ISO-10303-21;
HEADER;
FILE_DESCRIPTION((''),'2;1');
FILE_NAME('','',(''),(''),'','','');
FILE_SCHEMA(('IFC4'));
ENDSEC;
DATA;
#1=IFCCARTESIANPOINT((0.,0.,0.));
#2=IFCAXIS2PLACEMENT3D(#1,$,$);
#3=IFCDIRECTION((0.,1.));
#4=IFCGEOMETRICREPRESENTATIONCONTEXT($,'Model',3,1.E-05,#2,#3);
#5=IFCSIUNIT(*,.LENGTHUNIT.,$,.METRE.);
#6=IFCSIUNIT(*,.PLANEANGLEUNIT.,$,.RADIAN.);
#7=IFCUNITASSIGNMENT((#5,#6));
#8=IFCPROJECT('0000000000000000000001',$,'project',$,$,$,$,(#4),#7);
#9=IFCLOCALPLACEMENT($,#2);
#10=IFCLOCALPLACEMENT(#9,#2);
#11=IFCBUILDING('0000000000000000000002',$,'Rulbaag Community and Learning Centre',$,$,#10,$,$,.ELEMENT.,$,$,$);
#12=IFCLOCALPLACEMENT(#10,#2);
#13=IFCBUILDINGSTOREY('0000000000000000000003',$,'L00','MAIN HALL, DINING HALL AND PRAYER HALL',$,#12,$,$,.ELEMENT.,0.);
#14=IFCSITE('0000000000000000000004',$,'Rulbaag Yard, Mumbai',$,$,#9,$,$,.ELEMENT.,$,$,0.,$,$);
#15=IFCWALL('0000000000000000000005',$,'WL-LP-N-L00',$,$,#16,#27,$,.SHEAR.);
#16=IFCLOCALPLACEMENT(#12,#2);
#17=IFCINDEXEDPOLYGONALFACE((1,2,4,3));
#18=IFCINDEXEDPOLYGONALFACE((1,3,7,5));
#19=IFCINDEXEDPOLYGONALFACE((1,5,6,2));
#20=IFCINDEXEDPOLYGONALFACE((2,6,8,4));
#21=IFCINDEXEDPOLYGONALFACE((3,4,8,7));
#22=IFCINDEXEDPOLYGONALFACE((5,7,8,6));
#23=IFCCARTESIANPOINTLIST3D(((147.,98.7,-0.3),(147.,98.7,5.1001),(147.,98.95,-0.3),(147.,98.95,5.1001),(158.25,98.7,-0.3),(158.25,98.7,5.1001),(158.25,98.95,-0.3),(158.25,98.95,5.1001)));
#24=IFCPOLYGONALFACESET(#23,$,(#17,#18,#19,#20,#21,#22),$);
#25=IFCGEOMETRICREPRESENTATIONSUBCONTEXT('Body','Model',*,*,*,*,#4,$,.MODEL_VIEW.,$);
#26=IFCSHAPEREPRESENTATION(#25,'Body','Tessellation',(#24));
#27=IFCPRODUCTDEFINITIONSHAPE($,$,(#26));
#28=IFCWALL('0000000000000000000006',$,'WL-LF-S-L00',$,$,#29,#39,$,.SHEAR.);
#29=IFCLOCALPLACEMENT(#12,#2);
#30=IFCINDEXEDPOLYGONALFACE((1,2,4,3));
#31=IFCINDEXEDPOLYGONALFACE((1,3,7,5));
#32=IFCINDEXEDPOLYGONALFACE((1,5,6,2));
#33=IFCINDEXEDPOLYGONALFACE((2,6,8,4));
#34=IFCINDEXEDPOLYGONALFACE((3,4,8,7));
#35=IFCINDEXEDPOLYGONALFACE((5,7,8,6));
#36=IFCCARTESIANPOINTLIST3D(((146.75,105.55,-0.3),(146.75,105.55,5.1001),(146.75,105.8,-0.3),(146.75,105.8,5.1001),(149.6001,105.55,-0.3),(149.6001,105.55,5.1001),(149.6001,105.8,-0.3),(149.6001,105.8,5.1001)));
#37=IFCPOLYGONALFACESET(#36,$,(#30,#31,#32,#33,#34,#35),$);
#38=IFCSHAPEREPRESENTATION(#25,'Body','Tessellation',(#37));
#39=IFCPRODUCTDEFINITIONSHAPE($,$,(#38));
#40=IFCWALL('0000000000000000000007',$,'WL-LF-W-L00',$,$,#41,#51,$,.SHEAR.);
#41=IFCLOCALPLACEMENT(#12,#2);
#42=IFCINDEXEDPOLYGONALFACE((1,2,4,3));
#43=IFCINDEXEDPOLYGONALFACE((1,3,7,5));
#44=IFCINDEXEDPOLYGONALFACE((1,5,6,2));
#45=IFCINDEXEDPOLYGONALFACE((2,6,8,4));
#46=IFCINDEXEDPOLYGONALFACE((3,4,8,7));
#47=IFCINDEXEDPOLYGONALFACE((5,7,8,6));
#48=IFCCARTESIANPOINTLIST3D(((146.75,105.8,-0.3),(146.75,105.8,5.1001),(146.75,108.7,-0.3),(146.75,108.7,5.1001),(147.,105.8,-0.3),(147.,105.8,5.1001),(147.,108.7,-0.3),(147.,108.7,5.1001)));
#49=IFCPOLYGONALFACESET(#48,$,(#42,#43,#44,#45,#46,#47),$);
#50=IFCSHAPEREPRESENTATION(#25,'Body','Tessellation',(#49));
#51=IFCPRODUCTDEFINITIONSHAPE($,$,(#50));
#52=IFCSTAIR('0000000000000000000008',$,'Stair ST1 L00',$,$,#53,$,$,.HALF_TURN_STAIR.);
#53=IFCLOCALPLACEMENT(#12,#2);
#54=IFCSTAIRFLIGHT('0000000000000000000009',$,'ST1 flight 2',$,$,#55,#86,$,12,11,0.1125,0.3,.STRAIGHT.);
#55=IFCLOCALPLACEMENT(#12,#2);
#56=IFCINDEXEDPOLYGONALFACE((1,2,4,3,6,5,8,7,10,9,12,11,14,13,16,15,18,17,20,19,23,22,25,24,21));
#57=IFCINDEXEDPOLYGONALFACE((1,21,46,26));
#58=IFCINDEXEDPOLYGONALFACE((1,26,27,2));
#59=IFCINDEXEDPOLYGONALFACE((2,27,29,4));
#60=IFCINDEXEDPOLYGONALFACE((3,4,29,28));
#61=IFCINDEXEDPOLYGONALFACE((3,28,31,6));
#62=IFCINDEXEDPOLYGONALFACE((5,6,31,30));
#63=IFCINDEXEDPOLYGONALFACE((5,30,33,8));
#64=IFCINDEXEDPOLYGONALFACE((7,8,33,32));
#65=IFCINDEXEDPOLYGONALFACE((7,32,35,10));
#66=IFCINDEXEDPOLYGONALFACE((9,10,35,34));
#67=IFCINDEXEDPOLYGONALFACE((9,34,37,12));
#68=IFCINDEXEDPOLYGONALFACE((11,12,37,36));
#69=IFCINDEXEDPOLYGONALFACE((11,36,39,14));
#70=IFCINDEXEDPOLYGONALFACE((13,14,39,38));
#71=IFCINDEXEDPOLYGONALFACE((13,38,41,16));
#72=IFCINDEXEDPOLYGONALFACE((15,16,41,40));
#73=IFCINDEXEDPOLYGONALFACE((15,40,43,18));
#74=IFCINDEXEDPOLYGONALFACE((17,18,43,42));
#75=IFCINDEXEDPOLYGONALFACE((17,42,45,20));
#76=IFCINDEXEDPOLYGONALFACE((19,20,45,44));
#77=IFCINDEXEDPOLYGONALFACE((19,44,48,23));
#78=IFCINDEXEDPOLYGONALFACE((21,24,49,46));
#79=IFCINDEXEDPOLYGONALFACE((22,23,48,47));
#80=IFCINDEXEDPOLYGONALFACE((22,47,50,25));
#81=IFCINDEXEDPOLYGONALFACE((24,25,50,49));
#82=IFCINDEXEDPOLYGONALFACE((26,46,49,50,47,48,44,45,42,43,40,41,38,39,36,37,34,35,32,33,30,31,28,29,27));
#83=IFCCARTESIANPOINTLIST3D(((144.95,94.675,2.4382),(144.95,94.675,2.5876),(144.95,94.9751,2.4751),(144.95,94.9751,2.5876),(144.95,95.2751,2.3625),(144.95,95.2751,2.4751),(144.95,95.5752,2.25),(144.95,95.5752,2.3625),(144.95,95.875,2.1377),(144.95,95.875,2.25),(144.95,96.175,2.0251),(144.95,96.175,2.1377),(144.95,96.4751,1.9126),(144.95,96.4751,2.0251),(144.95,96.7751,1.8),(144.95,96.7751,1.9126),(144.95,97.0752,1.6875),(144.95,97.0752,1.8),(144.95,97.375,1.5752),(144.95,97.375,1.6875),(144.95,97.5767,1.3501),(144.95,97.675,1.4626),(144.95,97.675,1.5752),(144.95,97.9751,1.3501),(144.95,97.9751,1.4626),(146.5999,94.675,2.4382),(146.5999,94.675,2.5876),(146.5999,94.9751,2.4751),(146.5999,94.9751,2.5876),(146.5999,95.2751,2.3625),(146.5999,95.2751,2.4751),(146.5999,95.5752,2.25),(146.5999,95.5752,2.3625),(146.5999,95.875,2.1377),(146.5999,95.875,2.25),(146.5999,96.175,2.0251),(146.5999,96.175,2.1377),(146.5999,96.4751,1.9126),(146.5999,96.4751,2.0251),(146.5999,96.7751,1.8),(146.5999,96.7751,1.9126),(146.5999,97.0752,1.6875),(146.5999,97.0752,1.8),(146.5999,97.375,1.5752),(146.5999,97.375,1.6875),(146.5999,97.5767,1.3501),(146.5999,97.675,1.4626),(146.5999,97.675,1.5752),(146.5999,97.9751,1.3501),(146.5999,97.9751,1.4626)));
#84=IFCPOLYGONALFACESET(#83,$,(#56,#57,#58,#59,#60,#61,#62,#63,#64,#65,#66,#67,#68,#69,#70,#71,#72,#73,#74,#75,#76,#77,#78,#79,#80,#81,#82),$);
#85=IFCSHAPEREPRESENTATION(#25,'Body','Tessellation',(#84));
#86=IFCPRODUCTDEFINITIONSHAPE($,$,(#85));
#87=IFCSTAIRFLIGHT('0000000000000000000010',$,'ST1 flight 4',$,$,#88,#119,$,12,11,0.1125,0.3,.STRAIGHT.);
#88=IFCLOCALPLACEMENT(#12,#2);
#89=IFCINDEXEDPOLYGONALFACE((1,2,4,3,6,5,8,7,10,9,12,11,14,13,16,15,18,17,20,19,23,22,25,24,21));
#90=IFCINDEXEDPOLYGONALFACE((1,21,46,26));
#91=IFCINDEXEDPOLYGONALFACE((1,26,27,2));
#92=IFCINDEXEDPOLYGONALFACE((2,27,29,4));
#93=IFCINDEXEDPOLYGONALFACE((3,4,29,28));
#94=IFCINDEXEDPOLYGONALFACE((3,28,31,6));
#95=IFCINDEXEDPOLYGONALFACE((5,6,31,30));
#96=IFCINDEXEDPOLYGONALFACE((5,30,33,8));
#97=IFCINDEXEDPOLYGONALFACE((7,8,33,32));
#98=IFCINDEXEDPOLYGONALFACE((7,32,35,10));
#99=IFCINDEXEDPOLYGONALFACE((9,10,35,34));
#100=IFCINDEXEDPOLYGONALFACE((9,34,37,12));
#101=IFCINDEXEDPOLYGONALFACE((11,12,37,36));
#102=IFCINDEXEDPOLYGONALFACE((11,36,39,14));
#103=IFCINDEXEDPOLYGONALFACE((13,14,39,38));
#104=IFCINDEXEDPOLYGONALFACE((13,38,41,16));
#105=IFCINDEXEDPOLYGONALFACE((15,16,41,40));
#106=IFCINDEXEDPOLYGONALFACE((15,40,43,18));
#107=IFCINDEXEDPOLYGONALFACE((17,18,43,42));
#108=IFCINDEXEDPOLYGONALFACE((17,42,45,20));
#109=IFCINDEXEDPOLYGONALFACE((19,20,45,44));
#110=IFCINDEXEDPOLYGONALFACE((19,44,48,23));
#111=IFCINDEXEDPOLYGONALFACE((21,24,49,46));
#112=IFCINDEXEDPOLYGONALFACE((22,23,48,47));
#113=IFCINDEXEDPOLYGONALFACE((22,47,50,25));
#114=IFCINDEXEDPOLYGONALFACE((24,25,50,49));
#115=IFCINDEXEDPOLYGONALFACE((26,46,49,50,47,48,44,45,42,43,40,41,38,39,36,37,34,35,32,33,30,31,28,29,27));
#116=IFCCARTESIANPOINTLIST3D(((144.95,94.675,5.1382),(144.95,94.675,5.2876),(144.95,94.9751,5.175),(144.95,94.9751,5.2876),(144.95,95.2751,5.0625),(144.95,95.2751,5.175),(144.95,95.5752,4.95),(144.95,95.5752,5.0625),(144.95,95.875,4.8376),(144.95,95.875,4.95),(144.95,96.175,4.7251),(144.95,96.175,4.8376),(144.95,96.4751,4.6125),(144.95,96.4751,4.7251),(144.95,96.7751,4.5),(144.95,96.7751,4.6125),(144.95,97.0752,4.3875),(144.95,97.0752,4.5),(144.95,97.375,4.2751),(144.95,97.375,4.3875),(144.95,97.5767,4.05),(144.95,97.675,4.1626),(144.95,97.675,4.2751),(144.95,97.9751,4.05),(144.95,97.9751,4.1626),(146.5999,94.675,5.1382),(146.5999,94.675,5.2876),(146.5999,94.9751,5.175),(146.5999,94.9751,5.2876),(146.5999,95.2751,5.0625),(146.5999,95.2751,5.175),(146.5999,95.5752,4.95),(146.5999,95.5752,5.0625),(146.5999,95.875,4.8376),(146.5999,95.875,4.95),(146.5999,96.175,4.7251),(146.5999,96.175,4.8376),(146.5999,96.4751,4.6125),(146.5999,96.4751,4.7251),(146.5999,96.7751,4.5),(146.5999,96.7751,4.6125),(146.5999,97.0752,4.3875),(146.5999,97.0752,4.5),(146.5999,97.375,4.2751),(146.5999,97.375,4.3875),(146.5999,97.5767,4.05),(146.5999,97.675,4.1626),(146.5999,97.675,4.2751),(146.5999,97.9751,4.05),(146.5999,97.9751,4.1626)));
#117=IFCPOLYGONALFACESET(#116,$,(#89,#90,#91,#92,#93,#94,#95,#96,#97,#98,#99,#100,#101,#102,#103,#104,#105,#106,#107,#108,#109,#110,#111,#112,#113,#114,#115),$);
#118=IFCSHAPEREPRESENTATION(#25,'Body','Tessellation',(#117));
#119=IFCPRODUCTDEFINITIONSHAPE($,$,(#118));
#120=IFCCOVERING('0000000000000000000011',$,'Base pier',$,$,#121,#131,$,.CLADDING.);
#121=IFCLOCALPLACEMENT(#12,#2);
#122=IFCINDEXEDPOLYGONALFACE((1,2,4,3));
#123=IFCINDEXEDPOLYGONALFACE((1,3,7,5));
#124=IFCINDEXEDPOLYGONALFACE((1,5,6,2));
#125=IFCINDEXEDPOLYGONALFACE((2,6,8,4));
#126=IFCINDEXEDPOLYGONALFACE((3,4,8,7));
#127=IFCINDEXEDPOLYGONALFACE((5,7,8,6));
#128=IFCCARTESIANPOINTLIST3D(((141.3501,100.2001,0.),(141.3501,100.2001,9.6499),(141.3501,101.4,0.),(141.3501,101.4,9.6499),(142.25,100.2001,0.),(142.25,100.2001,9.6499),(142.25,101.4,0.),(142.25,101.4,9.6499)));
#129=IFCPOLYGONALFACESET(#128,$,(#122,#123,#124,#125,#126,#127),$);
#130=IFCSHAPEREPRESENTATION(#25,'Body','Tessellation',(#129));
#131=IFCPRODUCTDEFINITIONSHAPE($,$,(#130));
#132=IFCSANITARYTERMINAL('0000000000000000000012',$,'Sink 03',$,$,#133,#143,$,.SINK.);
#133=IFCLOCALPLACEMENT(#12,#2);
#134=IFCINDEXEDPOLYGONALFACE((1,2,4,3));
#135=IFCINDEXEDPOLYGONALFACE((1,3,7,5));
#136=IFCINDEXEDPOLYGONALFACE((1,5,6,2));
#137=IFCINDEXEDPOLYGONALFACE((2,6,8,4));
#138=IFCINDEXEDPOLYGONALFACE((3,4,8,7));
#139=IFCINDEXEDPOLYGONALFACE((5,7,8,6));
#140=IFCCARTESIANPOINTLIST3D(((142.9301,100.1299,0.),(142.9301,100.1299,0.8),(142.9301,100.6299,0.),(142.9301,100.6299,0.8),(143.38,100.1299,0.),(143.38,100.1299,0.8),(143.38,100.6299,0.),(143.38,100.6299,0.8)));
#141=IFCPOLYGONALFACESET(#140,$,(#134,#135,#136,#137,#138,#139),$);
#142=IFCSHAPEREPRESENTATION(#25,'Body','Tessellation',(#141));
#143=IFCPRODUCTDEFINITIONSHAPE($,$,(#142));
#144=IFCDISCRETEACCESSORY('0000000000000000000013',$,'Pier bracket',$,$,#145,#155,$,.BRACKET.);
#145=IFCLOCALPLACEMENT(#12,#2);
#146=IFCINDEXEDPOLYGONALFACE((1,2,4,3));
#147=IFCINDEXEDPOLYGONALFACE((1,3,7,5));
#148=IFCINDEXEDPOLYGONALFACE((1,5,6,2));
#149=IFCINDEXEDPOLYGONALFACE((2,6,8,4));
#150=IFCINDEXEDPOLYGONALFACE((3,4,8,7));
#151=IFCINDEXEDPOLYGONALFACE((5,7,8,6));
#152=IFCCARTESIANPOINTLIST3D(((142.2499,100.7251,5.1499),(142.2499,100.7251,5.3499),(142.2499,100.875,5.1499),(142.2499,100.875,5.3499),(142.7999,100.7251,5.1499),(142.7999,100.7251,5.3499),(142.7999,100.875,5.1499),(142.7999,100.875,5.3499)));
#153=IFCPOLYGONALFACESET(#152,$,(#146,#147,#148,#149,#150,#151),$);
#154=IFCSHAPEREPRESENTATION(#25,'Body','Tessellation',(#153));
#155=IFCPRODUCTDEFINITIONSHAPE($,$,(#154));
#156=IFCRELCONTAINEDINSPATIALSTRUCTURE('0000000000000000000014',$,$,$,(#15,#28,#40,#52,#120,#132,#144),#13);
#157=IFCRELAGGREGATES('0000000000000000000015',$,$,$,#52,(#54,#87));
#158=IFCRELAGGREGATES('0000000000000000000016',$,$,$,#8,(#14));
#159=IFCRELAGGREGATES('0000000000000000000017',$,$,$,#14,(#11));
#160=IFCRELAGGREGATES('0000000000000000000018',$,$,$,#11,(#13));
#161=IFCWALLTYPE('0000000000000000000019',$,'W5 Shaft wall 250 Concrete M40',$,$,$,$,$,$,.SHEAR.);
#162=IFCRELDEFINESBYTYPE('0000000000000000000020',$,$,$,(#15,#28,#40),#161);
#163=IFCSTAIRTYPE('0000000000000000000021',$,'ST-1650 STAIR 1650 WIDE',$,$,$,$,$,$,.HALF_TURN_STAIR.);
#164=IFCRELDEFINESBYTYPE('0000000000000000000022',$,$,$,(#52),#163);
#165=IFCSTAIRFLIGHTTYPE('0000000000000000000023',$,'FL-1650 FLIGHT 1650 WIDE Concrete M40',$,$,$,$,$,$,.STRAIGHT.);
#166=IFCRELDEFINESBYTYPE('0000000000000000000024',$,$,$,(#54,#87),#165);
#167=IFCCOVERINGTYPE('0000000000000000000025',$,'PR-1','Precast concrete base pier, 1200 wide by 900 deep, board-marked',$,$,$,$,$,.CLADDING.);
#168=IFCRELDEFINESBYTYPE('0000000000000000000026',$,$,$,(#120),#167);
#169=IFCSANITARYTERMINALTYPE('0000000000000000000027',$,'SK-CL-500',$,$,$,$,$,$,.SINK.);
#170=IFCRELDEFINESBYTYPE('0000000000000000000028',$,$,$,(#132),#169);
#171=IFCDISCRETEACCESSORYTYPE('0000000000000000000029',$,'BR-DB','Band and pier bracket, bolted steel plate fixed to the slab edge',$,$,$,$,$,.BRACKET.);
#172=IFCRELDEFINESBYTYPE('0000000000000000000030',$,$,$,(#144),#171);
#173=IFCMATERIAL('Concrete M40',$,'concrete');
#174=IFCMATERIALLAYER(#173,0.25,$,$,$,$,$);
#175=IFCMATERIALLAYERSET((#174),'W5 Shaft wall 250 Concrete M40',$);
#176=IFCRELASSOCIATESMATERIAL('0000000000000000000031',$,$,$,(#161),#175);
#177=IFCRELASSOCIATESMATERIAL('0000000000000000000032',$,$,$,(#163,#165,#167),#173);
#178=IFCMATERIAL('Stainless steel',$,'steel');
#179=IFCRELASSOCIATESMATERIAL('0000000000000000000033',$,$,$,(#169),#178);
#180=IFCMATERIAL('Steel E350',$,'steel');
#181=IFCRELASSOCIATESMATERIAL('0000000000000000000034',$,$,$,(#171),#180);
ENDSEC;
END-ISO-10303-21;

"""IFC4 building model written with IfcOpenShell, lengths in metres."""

from ifc_helpers import new_model, si_unit, direction, frame, frame_2d, origin, origin_2d, place, context, subcontext, project, spatial, polyline, rectangle, outline, extrude, material, layer, layer_set, type_object, element, aggregate, save


model = new_model("IFC4")

# Units and contexts
model_context = context("Model", 3, precision=1e-05, world=origin(), true_north=direction((0.0, 1.0)))
body_context = subcontext(model_context, "Body", "Model", "MODEL_VIEW")
ifc_project = project(units=[si_unit("LENGTHUNIT", "METRE"), si_unit("PLANEANGLEUNIT", "RADIAN")], contexts=[model_context])

# Site, building, storey
site_placement = place(None, origin())
site = spatial("IfcSite", under=ifc_project, at=site_placement, Name="Rulbaag Yard, Mumbai", CompositionType="ELEMENT", RefElevation=0.0)
building_placement = place(site_placement, origin())
building = spatial("IfcBuilding", under=site, at=building_placement, Name="Rulbaag Community and Learning Centre", CompositionType="ELEMENT")
storey_placement = place(building_placement, origin())
storey = spatial("IfcBuildingStorey", under=building, at=storey_placement, Name="L00", Description="MAIN HALL, DINING HALL AND PRAYER HALL", CompositionType="ELEMENT", Elevation=0.0)

# Walls
ifc_material_1 = material(Name="Concrete M40", Category="concrete")
ifc_layer_1 = layer(ifc_material_1, 0.25)
ifc_layer_set_1 = layer_set([ifc_layer_1], Name="W5 Shaft wall 250 Concrete M40")
wall_type_1 = type_object("IfcWallType", Name="W5 Shaft wall 250 Concrete M40", PredefinedType="SHEAR", material=ifc_layer_set_1)
wall_1_placement = place(storey_placement, frame((147.0, 98.825, -0.3), z_axis=(0.0, 0.0, 1.0), x_axis=(1.0, 0.0, 0.0)))
element("IfcWall", 1, at=wall_1_placement, inside=storey, type_object=wall_type_1, Name="WL-LP-N-L00", PredefinedType="SHEAR", context=body_context, shape_type="SweptSolid", body=[
    extrude(rectangle(XDim=11.25, YDim=0.25, at=frame_2d((5.625, 0.0))), origin(), (0.0, 0.0, 1.0), 5.4001),
])
wall_2_placement = place(storey_placement, frame((146.75, 105.675, -0.3), z_axis=(0.0, 0.0, 1.0), x_axis=(1.0, 0.0, 0.0)))
element("IfcWall", 2, at=wall_2_placement, inside=storey, type_object=wall_type_1, Name="WL-LF-S-L00", PredefinedType="SHEAR", context=body_context, shape_type="SweptSolid", body=[
    extrude(rectangle(XDim=2.8501, YDim=0.25, at=frame_2d((1.425, 0.0))), origin(), (0.0, 0.0, 1.0), 5.4001),
])
wall_3_placement = place(storey_placement, frame((146.875, 105.8, -0.3), z_axis=(0.0, 0.0, 1.0), x_axis=(0.0, 1.0, 0.0)))
element("IfcWall", 3, at=wall_3_placement, inside=storey, type_object=wall_type_1, Name="WL-LF-W-L00", PredefinedType="SHEAR", context=body_context, shape_type="SweptSolid", body=[
    extrude(rectangle(XDim=2.8999, YDim=0.25, at=frame_2d((1.45, 0.0))), origin(), (0.0, 0.0, 1.0), 5.4001),
])

# Stair, stair flights
stair_type = type_object("IfcStairType", Name="ST-1650 STAIR 1650 WIDE", PredefinedType="HALF_TURN_STAIR", material=ifc_material_1)
stair_placement = place(storey_placement, origin())
stair = element("IfcStair", 4, at=stair_placement, inside=storey, type_object=stair_type, Name="Stair ST1 L00", PredefinedType="HALF_TURN_STAIR")
stair_flight_type = type_object("IfcStairFlightType", Name="FL-1650 FLIGHT 1650 WIDE Concrete M40", PredefinedType="STRAIGHT", material=ifc_material_1)
stair_flight_1_placement = place(storey_placement, frame((145.7749, 97.9751, 1.3501), z_axis=(0.0, 0.0, 1.0), x_axis=(0.0, -1.0, 0.0)))
stair_flight_1 = element("IfcStairFlight", 5, at=stair_flight_1_placement, type_object=stair_flight_type, Name="ST1 flight 2", NumberOfRisers=12, NumberOfTreads=11, PredefinedType="STRAIGHT", RiserHeight=0.1125, TreadLength=0.3, context=body_context, shape_type="SweptSolid", body=[
    extrude(outline(polyline([(0.0, 0.0), (0.0, 0.1125), (0.3, 0.1125), (0.3, 0.2251), (0.6001, 0.2251), (0.6001, 0.3374), (0.8999, 0.3374), (0.8999, 0.45), (1.2, 0.45), (1.2, 0.5625), (1.5, 0.5625), (1.5, 0.675), (1.8, 0.675), (1.8, 0.7876), (2.1001, 0.7876), (2.1001, 0.8999), (2.3999, 0.8999), (2.3999, 1.0125), (2.7, 1.0125), (2.7, 1.125), (3.0, 1.125), (3.0, 1.2375), (3.3, 1.2375), (3.3, 1.0881), (0.3984, 0.0), (0.0, 0.0)])), frame((0.0, 0.825, 0.0), z_axis=(0.0, -1.0, 0.0), x_axis=(1.0, 0.0, 0.0)), (0.0, 0.0, 1.0), 1.6499),
])
stair_flight_2_placement = place(storey_placement, frame((145.7749, 97.9751, 4.05), z_axis=(0.0, 0.0, 1.0), x_axis=(0.0, -1.0, 0.0)))
stair_flight_2 = element("IfcStairFlight", 6, at=stair_flight_2_placement, type_object=stair_flight_type, Name="ST1 flight 4", NumberOfRisers=12, NumberOfTreads=11, PredefinedType="STRAIGHT", RiserHeight=0.1125, TreadLength=0.3, context=body_context, shape_type="SweptSolid", body=[
    extrude(outline(polyline([(0.0, 0.0), (0.0, 0.1125), (0.3, 0.1125), (0.3, 0.2251), (0.6001, 0.2251), (0.6001, 0.3374), (0.8999, 0.3374), (0.8999, 0.45), (1.2, 0.45), (1.2, 0.5625), (1.5, 0.5625), (1.5, 0.675), (1.8, 0.675), (1.8, 0.7876), (2.1001, 0.7876), (2.1001, 0.8999), (2.3999, 0.8999), (2.3999, 1.0125), (2.7, 1.0125), (2.7, 1.125), (3.0, 1.125), (3.0, 1.2375), (3.3, 1.2375), (3.3, 1.0881), (0.3984, 0.0), (0.0, 0.0)])), frame((0.0, 0.825, 0.0), z_axis=(0.0, -1.0, 0.0), x_axis=(1.0, 0.0, 0.0)), (0.0, 0.0, 1.0), 1.6499),
])
aggregate(stair, [stair_flight_1, stair_flight_2])

# Covering
covering_type = type_object("IfcCoveringType", Name="PR-1", Description="Precast concrete base pier, 1200 wide by 900 deep, board-marked", PredefinedType="CLADDING", material=ifc_material_1)
covering_placement = place(storey_placement, frame((141.8, 100.8, 0.0), z_axis=(0.0, 0.0, 1.0), x_axis=(1.0, 0.0, 0.0)))
element("IfcCovering", 7, at=covering_placement, inside=storey, type_object=covering_type, Name="Base pier", PredefinedType="CLADDING", context=body_context, shape_type="SweptSolid", body=[
    extrude(rectangle(XDim=0.8999, YDim=1.2, at=origin_2d()), origin(), (0.0, 0.0, 1.0), 9.6499),
])

# Sanitary terminal
ifc_material_2 = material(Name="Stainless steel", Category="steel")
sanitary_terminal_type = type_object("IfcSanitaryTerminalType", Name="SK-CL-500", PredefinedType="SINK", material=ifc_material_2)
sanitary_terminal_placement = place(storey_placement, frame((143.155, 100.3799, 0.0), z_axis=(0.0, 0.0, 1.0), x_axis=(1.0, 0.0, 0.0)))
element("IfcSanitaryTerminal", 8, at=sanitary_terminal_placement, inside=storey, type_object=sanitary_terminal_type, Name="Sink 03", PredefinedType="SINK", context=body_context, shape_type="SweptSolid", body=[
    extrude(rectangle(XDim=0.45, YDim=0.5, at=origin_2d()), origin(), (0.0, 0.0, 1.0), 0.8),
])

# Discrete accessory
ifc_material_3 = material(Name="Steel E350", Category="steel")
discrete_accessory_type = type_object("IfcDiscreteAccessoryType", Name="BR-DB", Description="Band and pier bracket, bolted steel plate fixed to the slab edge", PredefinedType="BRACKET", material=ifc_material_3)
discrete_accessory_placement = place(storey_placement, frame((142.5249, 100.8, 5.1499), z_axis=(0.0, 0.0, 1.0), x_axis=(1.0, 0.0, 0.0)))
element("IfcDiscreteAccessory", 9, at=discrete_accessory_placement, inside=storey, type_object=discrete_accessory_type, Name="Pier bracket", PredefinedType="BRACKET", context=body_context, shape_type="SweptSolid", body=[
    extrude(rectangle(XDim=0.55, YDim=0.1499, at=origin_2d()), origin(), (0.0, 0.0, 1.0), 0.2),
])

save(model, "model.ifc")
